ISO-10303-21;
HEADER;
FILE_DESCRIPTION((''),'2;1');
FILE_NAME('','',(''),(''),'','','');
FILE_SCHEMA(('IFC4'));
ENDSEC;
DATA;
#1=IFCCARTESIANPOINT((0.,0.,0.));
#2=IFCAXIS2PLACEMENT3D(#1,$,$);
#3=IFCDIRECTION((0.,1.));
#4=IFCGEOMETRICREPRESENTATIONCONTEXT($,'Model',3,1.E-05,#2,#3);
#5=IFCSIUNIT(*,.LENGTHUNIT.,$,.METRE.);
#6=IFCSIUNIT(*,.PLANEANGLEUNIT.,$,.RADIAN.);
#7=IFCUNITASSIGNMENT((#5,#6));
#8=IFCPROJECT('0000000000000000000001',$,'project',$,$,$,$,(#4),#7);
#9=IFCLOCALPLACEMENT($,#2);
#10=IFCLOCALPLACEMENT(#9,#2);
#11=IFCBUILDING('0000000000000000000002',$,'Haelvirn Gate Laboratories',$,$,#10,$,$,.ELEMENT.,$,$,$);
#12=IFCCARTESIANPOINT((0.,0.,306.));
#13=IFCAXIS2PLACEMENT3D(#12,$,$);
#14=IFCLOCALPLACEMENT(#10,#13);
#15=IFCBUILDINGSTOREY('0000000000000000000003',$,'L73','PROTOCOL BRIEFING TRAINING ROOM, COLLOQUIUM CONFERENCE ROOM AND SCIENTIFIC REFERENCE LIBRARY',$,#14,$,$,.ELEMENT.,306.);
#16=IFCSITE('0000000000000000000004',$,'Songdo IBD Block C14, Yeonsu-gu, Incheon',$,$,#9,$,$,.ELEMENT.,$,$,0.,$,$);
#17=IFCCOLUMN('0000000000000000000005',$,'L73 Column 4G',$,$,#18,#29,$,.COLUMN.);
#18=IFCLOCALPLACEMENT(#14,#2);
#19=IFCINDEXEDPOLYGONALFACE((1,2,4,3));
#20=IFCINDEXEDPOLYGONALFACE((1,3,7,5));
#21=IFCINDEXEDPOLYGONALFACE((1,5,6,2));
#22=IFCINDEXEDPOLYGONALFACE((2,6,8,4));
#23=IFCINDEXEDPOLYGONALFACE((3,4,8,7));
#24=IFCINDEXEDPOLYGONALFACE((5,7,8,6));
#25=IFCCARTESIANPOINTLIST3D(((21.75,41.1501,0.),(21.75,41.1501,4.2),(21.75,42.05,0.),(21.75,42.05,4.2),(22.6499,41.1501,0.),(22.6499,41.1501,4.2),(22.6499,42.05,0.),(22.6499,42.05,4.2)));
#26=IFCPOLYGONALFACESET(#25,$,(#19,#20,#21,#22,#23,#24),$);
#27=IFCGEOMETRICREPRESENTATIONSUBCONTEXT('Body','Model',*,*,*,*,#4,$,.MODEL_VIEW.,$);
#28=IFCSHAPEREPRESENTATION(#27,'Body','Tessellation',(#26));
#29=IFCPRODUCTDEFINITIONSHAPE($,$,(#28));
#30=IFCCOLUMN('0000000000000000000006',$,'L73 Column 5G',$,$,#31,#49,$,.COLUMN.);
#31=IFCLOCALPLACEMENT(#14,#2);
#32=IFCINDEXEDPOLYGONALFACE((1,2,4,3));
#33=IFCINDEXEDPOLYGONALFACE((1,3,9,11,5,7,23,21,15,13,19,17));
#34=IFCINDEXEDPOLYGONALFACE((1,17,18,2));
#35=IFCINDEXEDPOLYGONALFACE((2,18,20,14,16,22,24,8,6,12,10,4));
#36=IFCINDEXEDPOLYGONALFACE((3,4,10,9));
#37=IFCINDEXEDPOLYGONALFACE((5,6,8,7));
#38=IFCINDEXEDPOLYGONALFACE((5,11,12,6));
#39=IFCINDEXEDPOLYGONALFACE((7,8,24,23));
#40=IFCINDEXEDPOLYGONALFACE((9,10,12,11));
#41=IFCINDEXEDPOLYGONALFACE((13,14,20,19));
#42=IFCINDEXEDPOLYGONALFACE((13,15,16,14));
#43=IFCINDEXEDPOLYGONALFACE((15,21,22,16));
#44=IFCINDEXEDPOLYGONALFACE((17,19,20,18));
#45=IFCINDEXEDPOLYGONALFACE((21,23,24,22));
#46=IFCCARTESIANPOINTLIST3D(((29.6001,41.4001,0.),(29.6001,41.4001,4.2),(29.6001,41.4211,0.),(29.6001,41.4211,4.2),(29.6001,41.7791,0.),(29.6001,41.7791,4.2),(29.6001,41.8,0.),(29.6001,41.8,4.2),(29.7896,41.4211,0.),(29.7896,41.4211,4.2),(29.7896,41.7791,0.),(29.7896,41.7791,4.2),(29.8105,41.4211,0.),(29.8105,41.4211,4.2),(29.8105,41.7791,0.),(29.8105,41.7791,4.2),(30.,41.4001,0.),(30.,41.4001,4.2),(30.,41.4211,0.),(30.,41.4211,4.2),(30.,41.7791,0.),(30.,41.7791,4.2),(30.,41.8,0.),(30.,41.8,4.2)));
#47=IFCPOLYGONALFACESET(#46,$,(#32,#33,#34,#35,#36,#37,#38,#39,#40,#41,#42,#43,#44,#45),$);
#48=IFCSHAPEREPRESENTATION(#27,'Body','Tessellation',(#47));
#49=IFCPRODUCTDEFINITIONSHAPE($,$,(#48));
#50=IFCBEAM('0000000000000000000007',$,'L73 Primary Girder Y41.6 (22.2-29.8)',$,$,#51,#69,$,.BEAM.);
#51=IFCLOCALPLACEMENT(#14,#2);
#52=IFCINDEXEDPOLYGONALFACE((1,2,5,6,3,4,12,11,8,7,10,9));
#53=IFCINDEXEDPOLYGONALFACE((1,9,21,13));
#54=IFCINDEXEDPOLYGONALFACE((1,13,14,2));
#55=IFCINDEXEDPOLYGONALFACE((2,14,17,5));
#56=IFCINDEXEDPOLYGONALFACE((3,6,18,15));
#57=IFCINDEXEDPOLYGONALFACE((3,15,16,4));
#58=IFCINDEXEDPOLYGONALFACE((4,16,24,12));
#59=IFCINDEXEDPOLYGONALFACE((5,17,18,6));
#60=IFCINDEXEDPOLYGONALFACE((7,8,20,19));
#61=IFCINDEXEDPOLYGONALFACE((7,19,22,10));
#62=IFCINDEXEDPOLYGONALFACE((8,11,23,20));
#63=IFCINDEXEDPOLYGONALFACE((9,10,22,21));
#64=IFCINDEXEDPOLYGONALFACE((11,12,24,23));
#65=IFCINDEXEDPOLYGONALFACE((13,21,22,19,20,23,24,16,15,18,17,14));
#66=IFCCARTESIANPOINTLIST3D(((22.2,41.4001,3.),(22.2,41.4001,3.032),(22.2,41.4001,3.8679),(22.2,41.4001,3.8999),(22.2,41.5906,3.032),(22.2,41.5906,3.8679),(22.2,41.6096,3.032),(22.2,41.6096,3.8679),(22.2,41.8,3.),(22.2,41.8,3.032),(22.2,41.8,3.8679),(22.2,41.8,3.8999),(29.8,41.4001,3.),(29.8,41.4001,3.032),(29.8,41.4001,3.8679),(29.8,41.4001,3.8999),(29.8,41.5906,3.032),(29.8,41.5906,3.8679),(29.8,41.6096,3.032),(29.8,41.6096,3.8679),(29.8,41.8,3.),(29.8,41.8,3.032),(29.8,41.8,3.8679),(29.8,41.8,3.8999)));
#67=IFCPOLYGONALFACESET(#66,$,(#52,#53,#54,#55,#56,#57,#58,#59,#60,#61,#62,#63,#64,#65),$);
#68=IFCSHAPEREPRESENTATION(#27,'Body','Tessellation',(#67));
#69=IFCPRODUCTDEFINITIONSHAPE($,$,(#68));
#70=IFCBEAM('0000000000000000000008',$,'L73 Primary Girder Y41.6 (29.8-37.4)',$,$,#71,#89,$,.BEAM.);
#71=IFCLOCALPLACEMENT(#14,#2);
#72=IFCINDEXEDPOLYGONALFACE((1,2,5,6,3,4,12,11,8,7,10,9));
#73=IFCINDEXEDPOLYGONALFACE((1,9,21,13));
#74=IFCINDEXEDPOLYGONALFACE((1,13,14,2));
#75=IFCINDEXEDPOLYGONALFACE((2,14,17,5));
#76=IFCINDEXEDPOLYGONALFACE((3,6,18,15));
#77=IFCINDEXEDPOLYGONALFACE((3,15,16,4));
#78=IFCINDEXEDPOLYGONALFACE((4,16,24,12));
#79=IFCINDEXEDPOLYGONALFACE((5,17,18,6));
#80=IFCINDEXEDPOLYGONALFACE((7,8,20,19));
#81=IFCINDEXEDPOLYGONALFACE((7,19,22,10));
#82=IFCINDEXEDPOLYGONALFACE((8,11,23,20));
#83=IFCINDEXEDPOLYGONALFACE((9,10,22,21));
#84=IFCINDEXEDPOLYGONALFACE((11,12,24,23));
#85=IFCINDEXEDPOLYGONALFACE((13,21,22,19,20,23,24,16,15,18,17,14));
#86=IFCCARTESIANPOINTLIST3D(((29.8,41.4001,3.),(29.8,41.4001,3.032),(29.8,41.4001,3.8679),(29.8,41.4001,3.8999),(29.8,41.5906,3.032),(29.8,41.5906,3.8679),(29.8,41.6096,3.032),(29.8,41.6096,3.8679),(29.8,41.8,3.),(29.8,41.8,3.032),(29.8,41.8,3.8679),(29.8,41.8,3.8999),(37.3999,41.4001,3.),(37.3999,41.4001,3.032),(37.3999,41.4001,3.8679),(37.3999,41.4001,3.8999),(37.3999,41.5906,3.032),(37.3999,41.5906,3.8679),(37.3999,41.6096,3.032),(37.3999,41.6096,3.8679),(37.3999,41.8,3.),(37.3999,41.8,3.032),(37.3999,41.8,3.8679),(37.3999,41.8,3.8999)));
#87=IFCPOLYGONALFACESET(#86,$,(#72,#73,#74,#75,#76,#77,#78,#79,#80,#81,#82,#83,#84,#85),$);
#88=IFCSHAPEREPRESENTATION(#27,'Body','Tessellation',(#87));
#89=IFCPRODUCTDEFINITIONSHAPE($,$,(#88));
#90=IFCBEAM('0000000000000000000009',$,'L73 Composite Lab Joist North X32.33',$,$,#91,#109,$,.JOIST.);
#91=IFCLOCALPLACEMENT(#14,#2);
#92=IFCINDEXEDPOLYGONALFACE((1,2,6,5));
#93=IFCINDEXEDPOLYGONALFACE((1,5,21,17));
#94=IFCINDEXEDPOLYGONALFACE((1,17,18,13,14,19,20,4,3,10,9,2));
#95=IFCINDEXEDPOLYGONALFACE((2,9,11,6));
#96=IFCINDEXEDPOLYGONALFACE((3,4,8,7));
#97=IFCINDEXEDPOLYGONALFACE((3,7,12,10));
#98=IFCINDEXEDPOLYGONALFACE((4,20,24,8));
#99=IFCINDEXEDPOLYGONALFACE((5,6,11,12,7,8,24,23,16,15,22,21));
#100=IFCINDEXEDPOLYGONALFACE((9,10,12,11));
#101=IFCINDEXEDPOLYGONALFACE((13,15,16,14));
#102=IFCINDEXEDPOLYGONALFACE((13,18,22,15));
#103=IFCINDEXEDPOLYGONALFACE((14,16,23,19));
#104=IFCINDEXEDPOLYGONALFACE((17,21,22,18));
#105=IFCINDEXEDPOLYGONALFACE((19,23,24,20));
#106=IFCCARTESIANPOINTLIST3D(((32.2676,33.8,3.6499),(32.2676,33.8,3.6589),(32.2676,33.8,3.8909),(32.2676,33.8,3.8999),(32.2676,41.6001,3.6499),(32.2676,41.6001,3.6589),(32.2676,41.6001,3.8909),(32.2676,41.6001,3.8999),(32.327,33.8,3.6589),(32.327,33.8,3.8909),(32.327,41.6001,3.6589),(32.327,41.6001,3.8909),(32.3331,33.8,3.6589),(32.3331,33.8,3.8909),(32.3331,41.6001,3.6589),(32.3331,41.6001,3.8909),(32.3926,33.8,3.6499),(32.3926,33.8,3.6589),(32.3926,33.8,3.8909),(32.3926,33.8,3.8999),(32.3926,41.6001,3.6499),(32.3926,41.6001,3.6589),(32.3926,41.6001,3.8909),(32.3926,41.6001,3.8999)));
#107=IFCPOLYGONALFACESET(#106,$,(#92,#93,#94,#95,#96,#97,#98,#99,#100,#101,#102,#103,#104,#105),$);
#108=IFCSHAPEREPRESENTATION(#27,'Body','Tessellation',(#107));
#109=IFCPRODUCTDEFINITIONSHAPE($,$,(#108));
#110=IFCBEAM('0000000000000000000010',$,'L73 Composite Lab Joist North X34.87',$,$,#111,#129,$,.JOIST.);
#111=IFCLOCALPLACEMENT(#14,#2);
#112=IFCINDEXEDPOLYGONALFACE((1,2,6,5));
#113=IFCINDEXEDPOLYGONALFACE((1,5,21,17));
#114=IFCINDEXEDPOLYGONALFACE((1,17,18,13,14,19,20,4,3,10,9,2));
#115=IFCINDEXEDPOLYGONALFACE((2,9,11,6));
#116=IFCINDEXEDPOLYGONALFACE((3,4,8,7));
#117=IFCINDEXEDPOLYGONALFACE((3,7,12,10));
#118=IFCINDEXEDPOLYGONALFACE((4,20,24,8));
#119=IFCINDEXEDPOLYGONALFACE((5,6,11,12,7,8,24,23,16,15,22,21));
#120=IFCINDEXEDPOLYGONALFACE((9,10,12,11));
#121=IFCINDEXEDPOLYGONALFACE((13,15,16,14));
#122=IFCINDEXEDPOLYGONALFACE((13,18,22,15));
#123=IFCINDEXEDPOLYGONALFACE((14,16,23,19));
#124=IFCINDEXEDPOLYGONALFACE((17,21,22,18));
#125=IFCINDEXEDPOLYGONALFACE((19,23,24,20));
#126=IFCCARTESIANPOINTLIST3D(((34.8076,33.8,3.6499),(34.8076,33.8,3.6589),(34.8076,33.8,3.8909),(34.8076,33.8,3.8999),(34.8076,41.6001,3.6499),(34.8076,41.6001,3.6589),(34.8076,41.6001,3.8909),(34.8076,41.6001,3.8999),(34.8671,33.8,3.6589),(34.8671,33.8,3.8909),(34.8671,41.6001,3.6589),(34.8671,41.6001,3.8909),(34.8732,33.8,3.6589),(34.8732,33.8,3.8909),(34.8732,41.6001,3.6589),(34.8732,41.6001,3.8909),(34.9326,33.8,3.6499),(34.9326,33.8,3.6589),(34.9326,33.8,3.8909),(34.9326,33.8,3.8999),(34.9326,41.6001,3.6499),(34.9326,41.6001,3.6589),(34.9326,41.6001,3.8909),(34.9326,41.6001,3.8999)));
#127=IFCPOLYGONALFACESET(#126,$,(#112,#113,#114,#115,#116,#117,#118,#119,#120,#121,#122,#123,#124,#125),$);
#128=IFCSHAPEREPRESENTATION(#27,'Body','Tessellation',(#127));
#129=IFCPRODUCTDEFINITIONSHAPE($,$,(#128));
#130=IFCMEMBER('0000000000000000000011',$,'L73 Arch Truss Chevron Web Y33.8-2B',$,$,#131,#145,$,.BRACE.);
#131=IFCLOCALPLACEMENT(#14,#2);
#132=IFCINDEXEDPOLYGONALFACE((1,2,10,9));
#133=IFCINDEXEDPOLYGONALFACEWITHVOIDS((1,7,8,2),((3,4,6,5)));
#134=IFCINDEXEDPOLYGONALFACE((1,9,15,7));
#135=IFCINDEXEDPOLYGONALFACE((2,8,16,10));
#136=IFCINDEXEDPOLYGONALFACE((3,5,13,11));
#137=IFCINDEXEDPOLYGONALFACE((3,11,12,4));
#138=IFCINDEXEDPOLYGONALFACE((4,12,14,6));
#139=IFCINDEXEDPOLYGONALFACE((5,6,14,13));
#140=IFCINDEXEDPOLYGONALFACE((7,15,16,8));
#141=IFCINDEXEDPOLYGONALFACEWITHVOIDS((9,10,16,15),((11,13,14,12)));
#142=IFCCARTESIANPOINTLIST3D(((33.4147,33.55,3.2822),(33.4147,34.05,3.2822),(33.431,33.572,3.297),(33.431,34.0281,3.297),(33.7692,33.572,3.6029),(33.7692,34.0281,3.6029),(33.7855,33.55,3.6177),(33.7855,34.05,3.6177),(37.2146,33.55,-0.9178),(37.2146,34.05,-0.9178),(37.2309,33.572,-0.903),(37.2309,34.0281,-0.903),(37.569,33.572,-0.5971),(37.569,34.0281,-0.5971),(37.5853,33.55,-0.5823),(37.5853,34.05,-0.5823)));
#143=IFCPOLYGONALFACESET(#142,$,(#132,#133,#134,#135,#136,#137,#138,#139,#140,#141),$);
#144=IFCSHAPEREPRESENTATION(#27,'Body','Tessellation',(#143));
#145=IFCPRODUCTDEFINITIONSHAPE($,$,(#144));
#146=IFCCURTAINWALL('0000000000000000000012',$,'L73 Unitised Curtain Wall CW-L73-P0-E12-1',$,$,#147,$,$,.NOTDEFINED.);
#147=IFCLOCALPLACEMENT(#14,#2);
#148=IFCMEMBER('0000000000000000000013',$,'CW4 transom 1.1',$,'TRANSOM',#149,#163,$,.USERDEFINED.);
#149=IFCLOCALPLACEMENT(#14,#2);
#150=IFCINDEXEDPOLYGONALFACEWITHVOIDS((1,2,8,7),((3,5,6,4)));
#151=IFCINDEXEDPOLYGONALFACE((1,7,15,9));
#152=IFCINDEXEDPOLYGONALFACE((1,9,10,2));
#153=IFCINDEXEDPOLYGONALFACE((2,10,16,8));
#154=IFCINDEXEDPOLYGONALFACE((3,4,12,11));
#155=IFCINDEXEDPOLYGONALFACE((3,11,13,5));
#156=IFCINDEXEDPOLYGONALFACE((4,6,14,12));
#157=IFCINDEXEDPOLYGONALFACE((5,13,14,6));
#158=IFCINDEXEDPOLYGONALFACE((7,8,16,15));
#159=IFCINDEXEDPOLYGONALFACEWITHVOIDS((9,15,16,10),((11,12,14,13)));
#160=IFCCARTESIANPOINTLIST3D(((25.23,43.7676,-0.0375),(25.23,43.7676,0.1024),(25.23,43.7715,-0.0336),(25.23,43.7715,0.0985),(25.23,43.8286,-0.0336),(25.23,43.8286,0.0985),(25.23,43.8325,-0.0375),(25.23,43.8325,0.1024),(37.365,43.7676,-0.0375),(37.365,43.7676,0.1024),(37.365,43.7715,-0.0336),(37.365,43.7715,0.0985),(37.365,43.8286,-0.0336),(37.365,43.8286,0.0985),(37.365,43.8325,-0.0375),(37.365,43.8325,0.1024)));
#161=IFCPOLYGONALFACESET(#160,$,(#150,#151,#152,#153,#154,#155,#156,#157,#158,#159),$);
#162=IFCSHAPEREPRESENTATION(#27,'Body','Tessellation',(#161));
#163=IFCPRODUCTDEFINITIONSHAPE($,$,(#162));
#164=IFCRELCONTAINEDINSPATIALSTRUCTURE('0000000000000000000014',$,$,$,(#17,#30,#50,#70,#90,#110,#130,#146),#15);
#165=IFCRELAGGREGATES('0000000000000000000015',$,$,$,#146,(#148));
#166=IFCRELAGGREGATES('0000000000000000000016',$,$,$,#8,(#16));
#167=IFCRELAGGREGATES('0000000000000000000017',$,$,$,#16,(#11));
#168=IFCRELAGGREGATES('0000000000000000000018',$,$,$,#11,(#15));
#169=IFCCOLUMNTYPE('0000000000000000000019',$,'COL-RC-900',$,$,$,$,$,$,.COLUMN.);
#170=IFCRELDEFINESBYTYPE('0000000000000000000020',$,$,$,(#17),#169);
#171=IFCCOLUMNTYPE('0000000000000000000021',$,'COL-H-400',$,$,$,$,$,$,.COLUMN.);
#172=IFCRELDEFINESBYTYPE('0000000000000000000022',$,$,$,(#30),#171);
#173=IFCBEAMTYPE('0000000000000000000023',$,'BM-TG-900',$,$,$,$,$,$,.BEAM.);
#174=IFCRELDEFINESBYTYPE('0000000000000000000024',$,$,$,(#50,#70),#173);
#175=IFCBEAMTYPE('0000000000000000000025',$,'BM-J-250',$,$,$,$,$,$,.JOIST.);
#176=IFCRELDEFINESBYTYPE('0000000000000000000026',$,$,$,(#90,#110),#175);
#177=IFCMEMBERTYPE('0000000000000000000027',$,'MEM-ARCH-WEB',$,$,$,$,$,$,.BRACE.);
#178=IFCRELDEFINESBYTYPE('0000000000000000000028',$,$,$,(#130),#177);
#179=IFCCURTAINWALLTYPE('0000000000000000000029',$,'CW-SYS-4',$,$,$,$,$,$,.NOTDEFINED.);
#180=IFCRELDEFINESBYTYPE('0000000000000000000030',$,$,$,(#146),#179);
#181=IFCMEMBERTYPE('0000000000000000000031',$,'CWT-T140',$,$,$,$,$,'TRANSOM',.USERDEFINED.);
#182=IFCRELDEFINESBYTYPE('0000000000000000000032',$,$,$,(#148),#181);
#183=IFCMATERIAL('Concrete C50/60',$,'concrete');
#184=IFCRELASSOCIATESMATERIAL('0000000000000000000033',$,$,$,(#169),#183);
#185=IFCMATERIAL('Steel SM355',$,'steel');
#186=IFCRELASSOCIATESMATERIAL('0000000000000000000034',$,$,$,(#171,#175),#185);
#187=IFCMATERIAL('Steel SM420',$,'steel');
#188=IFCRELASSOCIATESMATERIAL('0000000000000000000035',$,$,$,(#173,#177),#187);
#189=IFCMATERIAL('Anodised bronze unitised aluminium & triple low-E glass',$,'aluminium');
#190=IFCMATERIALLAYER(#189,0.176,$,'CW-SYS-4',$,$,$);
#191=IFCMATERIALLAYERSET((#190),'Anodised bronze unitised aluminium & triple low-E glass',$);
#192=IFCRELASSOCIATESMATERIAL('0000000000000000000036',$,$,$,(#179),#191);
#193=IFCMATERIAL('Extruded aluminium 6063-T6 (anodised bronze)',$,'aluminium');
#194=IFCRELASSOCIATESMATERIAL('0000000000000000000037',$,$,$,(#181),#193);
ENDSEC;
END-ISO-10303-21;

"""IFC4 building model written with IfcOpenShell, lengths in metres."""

from ifc_helpers import new_model, si_unit, direction, frame, origin, origin_2d, place, context, subcontext, project, spatial, rectangle, hollow_rectangle, i_section, extrude, source, transform, mapped, material, layer, layer_set, material_profile, profile_set, type_object, type_shapes, element, aggregate, save


model = new_model("IFC4")

# Units and contexts
model_context = context("Model", 3, precision=1e-05, world=origin(), true_north=direction((0.0, 1.0)))
body_context = subcontext(model_context, "Body", "Model", "MODEL_VIEW")
ifc_project = project(units=[si_unit("LENGTHUNIT", "METRE"), si_unit("PLANEANGLEUNIT", "RADIAN")], contexts=[model_context])

# Site, building, storey
site_placement = place(None, origin())
site = spatial("IfcSite", under=ifc_project, at=site_placement, Name="Songdo IBD Block C14, Yeonsu-gu, Incheon", CompositionType="ELEMENT", RefElevation=0.0)
building_placement = place(site_placement, origin())
building = spatial("IfcBuilding", under=site, at=building_placement, Name="Haelvirn Gate Laboratories", CompositionType="ELEMENT")
storey_placement = place(building_placement, frame((0.0, 0.0, 306.0)))
storey = spatial("IfcBuildingStorey", under=building, at=storey_placement, Name="L73", Description="PROTOCOL BRIEFING TRAINING ROOM, COLLOQUIUM CONFERENCE ROOM AND SCIENTIFIC REFERENCE LIBRARY", CompositionType="ELEMENT", Elevation=306.0)

# Columns
ifc_material_1 = material(Name="Concrete C50/60", Category="concrete")
ifc_material_profile_1 = material_profile(ifc_material_1, rectangle(XDim=0.8999, YDim=0.8999, at=origin_2d()), Name="RC-900x900")
ifc_profile_set_1 = profile_set([ifc_material_profile_1], Name="Concrete C50/60")
column_type_1 = type_object("IfcColumnType", Name="COL-RC-900", PredefinedType="COLUMN", material=ifc_profile_set_1)
shared_shape_1 = source(origin(), body_context, "Body", "SweptSolid", [
    extrude(rectangle(XDim=0.8999, YDim=0.8999, at=origin_2d()), origin(), (0.0, 0.0, 1.0), 4.2),
])
type_shapes(column_type_1, [shared_shape_1])
column_1_placement = place(storey_placement, frame((22.2, 41.6001, 0.0), z_axis=(0.0, 0.0, 1.0), x_axis=(1.0, 0.0, 0.0)))
element("IfcColumn", 1, at=column_1_placement, inside=storey, type_object=column_type_1, Name="L73 Column 4G", PredefinedType="COLUMN", context=body_context, shape_type="MappedRepresentation", body=[
    mapped(shared_shape_1, transform((0.0, 0.0, 0.0), scale=1.0)),
])
ifc_material_2 = material(Name="Steel SM355", Category="steel")
ifc_material_profile_2 = material_profile(ifc_material_2, i_section(OverallWidth=0.3999, OverallDepth=0.3999, WebThickness=0.021, FlangeThickness=0.021, at=origin_2d()), Name="H-400x400x21x21")
ifc_profile_set_2 = profile_set([ifc_material_profile_2], Name="Steel SM355")
column_type_2 = type_object("IfcColumnType", Name="COL-H-400", PredefinedType="COLUMN", material=ifc_profile_set_2)
shared_shape_2 = source(origin(), body_context, "Body", "SweptSolid", [
    extrude(i_section(OverallWidth=0.3999, OverallDepth=0.3999, WebThickness=0.021, FlangeThickness=0.021, at=origin_2d()), origin(), (0.0, 0.0, 1.0), 4.2),
])
type_shapes(column_type_2, [shared_shape_2])
column_2_placement = place(storey_placement, frame((29.8, 41.6001, 0.0), z_axis=(0.0, 0.0, 1.0), x_axis=(1.0, 0.0, 0.0)))
element("IfcColumn", 2, at=column_2_placement, inside=storey, type_object=column_type_2, Name="L73 Column 5G", PredefinedType="COLUMN", context=body_context, shape_type="MappedRepresentation", body=[
    mapped(shared_shape_2, transform((0.0, 0.0, 0.0), scale=1.0)),
])

# Beams
ifc_material_3 = material(Name="Steel SM420", Category="steel")
ifc_material_profile_3 = material_profile(ifc_material_3, i_section(OverallWidth=0.3999, OverallDepth=0.8999, WebThickness=0.019, FlangeThickness=0.032, at=origin_2d()), Name="H-900x400x19x32")
ifc_profile_set_3 = profile_set([ifc_material_profile_3], Name="Steel SM420")
beam_type_1 = type_object("IfcBeamType", Name="BM-TG-900", PredefinedType="BEAM", material=ifc_profile_set_3)
shared_shape_3 = source(origin(), body_context, "Body", "SweptSolid", [
    extrude(i_section(OverallWidth=0.3999, OverallDepth=0.8999, WebThickness=0.019, FlangeThickness=0.032, at=origin_2d()), origin(), (0.0, 0.0, 1.0), 7.6001),
])
beam_1_placement = place(storey_placement, frame((22.2, 41.6001, 3.45), z_axis=(1.0, 0.0, 0.0), x_axis=(0.0, 1.0, 0.0)))
element("IfcBeam", 3, at=beam_1_placement, inside=storey, type_object=beam_type_1, Name="L73 Primary Girder Y41.6 (22.2-29.8)", PredefinedType="BEAM", context=body_context, shape_type="MappedRepresentation", body=[
    mapped(shared_shape_3, transform((0.0, 0.0, 0.0), scale=1.0)),
])
shared_shape_4 = source(origin(), body_context, "Body", "SweptSolid", [
    extrude(i_section(OverallWidth=0.3999, OverallDepth=0.8999, WebThickness=0.019, FlangeThickness=0.032, at=origin_2d()), origin(), (0.0, 0.0, 1.0), 7.5999),
])
type_shapes(beam_type_1, [shared_shape_3, shared_shape_4])
beam_2_placement = place(storey_placement, frame((29.8, 41.6001, 3.45), z_axis=(1.0, 0.0, 0.0), x_axis=(0.0, 1.0, 0.0)))
element("IfcBeam", 4, at=beam_2_placement, inside=storey, type_object=beam_type_1, Name="L73 Primary Girder Y41.6 (29.8-37.4)", PredefinedType="BEAM", context=body_context, shape_type="MappedRepresentation", body=[
    mapped(shared_shape_4, transform((0.0, 0.0, 0.0), scale=1.0)),
])
ifc_material_profile_4 = material_profile(ifc_material_2, i_section(OverallWidth=0.125, OverallDepth=0.25, WebThickness=0.0061, FlangeThickness=0.009, at=origin_2d()), Name="H-250x125x6x9")
ifc_profile_set_4 = profile_set([ifc_material_profile_4], Name="Steel SM355")
beam_type_2 = type_object("IfcBeamType", Name="BM-J-250", PredefinedType="JOIST", material=ifc_profile_set_4)
shared_shape_5 = source(origin(), body_context, "Body", "SweptSolid", [
    extrude(i_section(OverallWidth=0.125, OverallDepth=0.25, WebThickness=0.0061, FlangeThickness=0.009, at=origin_2d()), origin(), (0.0, 0.0, 1.0), 7.8),
])
type_shapes(beam_type_2, [shared_shape_5])
for number, where, z_axis, x_axis, name in (
    (5, (32.3301, 33.8, 3.7749), (0.0, 1.0, 0.0), (-1.0, 0.0, 0.0), "L73 Composite Lab Joist North X32.33"),
    (6, (34.8701, 33.8, 3.7749), (0.0, 1.0, 0.0), (-1.0, 0.0, 0.0), "L73 Composite Lab Joist North X34.87"),
):
    element("IfcBeam", number, at=place(storey_placement, frame(where, z_axis=z_axis, x_axis=x_axis)), inside=storey, type_object=beam_type_2, Name=name, PredefinedType="JOIST", context=body_context, shape_type="MappedRepresentation", body=[
        mapped(shared_shape_5, transform((0.0, 0.0, 0.0), scale=1.0)),
    ])

# Member
ifc_material_profile_5 = material_profile(ifc_material_3, hollow_rectangle(XDim=0.5, YDim=0.5, WallThickness=0.022, at=origin_2d()), Name="BOX-500x500x22")
ifc_profile_set_5 = profile_set([ifc_material_profile_5], Name="Steel SM420")
member_type_1 = type_object("IfcMemberType", Name="MEM-ARCH-WEB", PredefinedType="BRACE", material=ifc_profile_set_5)
shared_shape_6 = source(origin(), body_context, "Body", "SweptSolid", [
    extrude(hollow_rectangle(XDim=0.5, YDim=0.5, WallThickness=0.022, at=origin_2d()), origin(), (0.0, 0.0, 1.0), 5.6638),
])
type_shapes(member_type_1, [shared_shape_6])
member_1_placement = place(storey_placement, frame((33.6001, 33.8, 3.45), z_axis=(0.670899, 0.0, -0.741549), x_axis=(0.0, 1.0, 0.0)))
element("IfcMember", 7, at=member_1_placement, inside=storey, type_object=member_type_1, Name="L73 Arch Truss Chevron Web Y33.8-2B", PredefinedType="BRACE", context=body_context, shape_type="MappedRepresentation", body=[
    mapped(shared_shape_6, transform((0.0, 0.0, 0.0), scale=1.0)),
])

# Curtain wall, member
ifc_material_4 = material(Name="Anodised bronze unitised aluminium & triple low-E glass", Category="aluminium")
ifc_layer_1 = layer(ifc_material_4, 0.176, Name="CW-SYS-4")
ifc_layer_set_1 = layer_set([ifc_layer_1], Name="Anodised bronze unitised aluminium & triple low-E glass")
curtain_wall_type = type_object("IfcCurtainWallType", Name="CW-SYS-4", PredefinedType="NOTDEFINED", material=ifc_layer_set_1)
curtain_wall_1_placement = place(storey_placement, origin())
curtain_wall_1 = element("IfcCurtainWall", 8, at=curtain_wall_1_placement, inside=storey, type_object=curtain_wall_type, Name="L73 Unitised Curtain Wall CW-L73-P0-E12-1", PredefinedType="NOTDEFINED")
ifc_material_5 = material(Name="Extruded aluminium 6063-T6 (anodised bronze)", Category="aluminium")
ifc_material_profile_6 = material_profile(ifc_material_5, hollow_rectangle(XDim=0.0649, YDim=0.1399, WallThickness=0.0039, at=origin_2d()), Name="CWT-140x65x4")
ifc_profile_set_6 = profile_set([ifc_material_profile_6], Name="Extruded aluminium 6063-T6 (anodised bronze)")
member_type_2 = type_object("IfcMemberType", Name="CWT-T140", ElementType="TRANSOM", PredefinedType="USERDEFINED", material=ifc_profile_set_6)
shared_shape_7 = source(origin(), body_context, "Body", "SweptSolid", [
    extrude(hollow_rectangle(XDim=0.0649, YDim=0.1399, WallThickness=0.0039, at=origin_2d()), origin(), (0.0, 0.0, 1.0), 12.135),
])
member_2_placement = place(storey_placement, frame((25.23, 43.8, 0.0325), z_axis=(1.0, 0.0, 0.0), x_axis=(0.0, 1.0, 0.0)))
member_2 = element("IfcMember", 9, at=member_2_placement, type_object=member_type_2, Name="CW4 transom 1.1", ObjectType="TRANSOM", PredefinedType="USERDEFINED", context=body_context, shape_type="MappedRepresentation", body=[
    mapped(shared_shape_7, transform((0.0, 0.0, 0.0), scale=1.0)),
])

aggregate(curtain_wall_1, [member_2])

save(model, "model.ifc")
